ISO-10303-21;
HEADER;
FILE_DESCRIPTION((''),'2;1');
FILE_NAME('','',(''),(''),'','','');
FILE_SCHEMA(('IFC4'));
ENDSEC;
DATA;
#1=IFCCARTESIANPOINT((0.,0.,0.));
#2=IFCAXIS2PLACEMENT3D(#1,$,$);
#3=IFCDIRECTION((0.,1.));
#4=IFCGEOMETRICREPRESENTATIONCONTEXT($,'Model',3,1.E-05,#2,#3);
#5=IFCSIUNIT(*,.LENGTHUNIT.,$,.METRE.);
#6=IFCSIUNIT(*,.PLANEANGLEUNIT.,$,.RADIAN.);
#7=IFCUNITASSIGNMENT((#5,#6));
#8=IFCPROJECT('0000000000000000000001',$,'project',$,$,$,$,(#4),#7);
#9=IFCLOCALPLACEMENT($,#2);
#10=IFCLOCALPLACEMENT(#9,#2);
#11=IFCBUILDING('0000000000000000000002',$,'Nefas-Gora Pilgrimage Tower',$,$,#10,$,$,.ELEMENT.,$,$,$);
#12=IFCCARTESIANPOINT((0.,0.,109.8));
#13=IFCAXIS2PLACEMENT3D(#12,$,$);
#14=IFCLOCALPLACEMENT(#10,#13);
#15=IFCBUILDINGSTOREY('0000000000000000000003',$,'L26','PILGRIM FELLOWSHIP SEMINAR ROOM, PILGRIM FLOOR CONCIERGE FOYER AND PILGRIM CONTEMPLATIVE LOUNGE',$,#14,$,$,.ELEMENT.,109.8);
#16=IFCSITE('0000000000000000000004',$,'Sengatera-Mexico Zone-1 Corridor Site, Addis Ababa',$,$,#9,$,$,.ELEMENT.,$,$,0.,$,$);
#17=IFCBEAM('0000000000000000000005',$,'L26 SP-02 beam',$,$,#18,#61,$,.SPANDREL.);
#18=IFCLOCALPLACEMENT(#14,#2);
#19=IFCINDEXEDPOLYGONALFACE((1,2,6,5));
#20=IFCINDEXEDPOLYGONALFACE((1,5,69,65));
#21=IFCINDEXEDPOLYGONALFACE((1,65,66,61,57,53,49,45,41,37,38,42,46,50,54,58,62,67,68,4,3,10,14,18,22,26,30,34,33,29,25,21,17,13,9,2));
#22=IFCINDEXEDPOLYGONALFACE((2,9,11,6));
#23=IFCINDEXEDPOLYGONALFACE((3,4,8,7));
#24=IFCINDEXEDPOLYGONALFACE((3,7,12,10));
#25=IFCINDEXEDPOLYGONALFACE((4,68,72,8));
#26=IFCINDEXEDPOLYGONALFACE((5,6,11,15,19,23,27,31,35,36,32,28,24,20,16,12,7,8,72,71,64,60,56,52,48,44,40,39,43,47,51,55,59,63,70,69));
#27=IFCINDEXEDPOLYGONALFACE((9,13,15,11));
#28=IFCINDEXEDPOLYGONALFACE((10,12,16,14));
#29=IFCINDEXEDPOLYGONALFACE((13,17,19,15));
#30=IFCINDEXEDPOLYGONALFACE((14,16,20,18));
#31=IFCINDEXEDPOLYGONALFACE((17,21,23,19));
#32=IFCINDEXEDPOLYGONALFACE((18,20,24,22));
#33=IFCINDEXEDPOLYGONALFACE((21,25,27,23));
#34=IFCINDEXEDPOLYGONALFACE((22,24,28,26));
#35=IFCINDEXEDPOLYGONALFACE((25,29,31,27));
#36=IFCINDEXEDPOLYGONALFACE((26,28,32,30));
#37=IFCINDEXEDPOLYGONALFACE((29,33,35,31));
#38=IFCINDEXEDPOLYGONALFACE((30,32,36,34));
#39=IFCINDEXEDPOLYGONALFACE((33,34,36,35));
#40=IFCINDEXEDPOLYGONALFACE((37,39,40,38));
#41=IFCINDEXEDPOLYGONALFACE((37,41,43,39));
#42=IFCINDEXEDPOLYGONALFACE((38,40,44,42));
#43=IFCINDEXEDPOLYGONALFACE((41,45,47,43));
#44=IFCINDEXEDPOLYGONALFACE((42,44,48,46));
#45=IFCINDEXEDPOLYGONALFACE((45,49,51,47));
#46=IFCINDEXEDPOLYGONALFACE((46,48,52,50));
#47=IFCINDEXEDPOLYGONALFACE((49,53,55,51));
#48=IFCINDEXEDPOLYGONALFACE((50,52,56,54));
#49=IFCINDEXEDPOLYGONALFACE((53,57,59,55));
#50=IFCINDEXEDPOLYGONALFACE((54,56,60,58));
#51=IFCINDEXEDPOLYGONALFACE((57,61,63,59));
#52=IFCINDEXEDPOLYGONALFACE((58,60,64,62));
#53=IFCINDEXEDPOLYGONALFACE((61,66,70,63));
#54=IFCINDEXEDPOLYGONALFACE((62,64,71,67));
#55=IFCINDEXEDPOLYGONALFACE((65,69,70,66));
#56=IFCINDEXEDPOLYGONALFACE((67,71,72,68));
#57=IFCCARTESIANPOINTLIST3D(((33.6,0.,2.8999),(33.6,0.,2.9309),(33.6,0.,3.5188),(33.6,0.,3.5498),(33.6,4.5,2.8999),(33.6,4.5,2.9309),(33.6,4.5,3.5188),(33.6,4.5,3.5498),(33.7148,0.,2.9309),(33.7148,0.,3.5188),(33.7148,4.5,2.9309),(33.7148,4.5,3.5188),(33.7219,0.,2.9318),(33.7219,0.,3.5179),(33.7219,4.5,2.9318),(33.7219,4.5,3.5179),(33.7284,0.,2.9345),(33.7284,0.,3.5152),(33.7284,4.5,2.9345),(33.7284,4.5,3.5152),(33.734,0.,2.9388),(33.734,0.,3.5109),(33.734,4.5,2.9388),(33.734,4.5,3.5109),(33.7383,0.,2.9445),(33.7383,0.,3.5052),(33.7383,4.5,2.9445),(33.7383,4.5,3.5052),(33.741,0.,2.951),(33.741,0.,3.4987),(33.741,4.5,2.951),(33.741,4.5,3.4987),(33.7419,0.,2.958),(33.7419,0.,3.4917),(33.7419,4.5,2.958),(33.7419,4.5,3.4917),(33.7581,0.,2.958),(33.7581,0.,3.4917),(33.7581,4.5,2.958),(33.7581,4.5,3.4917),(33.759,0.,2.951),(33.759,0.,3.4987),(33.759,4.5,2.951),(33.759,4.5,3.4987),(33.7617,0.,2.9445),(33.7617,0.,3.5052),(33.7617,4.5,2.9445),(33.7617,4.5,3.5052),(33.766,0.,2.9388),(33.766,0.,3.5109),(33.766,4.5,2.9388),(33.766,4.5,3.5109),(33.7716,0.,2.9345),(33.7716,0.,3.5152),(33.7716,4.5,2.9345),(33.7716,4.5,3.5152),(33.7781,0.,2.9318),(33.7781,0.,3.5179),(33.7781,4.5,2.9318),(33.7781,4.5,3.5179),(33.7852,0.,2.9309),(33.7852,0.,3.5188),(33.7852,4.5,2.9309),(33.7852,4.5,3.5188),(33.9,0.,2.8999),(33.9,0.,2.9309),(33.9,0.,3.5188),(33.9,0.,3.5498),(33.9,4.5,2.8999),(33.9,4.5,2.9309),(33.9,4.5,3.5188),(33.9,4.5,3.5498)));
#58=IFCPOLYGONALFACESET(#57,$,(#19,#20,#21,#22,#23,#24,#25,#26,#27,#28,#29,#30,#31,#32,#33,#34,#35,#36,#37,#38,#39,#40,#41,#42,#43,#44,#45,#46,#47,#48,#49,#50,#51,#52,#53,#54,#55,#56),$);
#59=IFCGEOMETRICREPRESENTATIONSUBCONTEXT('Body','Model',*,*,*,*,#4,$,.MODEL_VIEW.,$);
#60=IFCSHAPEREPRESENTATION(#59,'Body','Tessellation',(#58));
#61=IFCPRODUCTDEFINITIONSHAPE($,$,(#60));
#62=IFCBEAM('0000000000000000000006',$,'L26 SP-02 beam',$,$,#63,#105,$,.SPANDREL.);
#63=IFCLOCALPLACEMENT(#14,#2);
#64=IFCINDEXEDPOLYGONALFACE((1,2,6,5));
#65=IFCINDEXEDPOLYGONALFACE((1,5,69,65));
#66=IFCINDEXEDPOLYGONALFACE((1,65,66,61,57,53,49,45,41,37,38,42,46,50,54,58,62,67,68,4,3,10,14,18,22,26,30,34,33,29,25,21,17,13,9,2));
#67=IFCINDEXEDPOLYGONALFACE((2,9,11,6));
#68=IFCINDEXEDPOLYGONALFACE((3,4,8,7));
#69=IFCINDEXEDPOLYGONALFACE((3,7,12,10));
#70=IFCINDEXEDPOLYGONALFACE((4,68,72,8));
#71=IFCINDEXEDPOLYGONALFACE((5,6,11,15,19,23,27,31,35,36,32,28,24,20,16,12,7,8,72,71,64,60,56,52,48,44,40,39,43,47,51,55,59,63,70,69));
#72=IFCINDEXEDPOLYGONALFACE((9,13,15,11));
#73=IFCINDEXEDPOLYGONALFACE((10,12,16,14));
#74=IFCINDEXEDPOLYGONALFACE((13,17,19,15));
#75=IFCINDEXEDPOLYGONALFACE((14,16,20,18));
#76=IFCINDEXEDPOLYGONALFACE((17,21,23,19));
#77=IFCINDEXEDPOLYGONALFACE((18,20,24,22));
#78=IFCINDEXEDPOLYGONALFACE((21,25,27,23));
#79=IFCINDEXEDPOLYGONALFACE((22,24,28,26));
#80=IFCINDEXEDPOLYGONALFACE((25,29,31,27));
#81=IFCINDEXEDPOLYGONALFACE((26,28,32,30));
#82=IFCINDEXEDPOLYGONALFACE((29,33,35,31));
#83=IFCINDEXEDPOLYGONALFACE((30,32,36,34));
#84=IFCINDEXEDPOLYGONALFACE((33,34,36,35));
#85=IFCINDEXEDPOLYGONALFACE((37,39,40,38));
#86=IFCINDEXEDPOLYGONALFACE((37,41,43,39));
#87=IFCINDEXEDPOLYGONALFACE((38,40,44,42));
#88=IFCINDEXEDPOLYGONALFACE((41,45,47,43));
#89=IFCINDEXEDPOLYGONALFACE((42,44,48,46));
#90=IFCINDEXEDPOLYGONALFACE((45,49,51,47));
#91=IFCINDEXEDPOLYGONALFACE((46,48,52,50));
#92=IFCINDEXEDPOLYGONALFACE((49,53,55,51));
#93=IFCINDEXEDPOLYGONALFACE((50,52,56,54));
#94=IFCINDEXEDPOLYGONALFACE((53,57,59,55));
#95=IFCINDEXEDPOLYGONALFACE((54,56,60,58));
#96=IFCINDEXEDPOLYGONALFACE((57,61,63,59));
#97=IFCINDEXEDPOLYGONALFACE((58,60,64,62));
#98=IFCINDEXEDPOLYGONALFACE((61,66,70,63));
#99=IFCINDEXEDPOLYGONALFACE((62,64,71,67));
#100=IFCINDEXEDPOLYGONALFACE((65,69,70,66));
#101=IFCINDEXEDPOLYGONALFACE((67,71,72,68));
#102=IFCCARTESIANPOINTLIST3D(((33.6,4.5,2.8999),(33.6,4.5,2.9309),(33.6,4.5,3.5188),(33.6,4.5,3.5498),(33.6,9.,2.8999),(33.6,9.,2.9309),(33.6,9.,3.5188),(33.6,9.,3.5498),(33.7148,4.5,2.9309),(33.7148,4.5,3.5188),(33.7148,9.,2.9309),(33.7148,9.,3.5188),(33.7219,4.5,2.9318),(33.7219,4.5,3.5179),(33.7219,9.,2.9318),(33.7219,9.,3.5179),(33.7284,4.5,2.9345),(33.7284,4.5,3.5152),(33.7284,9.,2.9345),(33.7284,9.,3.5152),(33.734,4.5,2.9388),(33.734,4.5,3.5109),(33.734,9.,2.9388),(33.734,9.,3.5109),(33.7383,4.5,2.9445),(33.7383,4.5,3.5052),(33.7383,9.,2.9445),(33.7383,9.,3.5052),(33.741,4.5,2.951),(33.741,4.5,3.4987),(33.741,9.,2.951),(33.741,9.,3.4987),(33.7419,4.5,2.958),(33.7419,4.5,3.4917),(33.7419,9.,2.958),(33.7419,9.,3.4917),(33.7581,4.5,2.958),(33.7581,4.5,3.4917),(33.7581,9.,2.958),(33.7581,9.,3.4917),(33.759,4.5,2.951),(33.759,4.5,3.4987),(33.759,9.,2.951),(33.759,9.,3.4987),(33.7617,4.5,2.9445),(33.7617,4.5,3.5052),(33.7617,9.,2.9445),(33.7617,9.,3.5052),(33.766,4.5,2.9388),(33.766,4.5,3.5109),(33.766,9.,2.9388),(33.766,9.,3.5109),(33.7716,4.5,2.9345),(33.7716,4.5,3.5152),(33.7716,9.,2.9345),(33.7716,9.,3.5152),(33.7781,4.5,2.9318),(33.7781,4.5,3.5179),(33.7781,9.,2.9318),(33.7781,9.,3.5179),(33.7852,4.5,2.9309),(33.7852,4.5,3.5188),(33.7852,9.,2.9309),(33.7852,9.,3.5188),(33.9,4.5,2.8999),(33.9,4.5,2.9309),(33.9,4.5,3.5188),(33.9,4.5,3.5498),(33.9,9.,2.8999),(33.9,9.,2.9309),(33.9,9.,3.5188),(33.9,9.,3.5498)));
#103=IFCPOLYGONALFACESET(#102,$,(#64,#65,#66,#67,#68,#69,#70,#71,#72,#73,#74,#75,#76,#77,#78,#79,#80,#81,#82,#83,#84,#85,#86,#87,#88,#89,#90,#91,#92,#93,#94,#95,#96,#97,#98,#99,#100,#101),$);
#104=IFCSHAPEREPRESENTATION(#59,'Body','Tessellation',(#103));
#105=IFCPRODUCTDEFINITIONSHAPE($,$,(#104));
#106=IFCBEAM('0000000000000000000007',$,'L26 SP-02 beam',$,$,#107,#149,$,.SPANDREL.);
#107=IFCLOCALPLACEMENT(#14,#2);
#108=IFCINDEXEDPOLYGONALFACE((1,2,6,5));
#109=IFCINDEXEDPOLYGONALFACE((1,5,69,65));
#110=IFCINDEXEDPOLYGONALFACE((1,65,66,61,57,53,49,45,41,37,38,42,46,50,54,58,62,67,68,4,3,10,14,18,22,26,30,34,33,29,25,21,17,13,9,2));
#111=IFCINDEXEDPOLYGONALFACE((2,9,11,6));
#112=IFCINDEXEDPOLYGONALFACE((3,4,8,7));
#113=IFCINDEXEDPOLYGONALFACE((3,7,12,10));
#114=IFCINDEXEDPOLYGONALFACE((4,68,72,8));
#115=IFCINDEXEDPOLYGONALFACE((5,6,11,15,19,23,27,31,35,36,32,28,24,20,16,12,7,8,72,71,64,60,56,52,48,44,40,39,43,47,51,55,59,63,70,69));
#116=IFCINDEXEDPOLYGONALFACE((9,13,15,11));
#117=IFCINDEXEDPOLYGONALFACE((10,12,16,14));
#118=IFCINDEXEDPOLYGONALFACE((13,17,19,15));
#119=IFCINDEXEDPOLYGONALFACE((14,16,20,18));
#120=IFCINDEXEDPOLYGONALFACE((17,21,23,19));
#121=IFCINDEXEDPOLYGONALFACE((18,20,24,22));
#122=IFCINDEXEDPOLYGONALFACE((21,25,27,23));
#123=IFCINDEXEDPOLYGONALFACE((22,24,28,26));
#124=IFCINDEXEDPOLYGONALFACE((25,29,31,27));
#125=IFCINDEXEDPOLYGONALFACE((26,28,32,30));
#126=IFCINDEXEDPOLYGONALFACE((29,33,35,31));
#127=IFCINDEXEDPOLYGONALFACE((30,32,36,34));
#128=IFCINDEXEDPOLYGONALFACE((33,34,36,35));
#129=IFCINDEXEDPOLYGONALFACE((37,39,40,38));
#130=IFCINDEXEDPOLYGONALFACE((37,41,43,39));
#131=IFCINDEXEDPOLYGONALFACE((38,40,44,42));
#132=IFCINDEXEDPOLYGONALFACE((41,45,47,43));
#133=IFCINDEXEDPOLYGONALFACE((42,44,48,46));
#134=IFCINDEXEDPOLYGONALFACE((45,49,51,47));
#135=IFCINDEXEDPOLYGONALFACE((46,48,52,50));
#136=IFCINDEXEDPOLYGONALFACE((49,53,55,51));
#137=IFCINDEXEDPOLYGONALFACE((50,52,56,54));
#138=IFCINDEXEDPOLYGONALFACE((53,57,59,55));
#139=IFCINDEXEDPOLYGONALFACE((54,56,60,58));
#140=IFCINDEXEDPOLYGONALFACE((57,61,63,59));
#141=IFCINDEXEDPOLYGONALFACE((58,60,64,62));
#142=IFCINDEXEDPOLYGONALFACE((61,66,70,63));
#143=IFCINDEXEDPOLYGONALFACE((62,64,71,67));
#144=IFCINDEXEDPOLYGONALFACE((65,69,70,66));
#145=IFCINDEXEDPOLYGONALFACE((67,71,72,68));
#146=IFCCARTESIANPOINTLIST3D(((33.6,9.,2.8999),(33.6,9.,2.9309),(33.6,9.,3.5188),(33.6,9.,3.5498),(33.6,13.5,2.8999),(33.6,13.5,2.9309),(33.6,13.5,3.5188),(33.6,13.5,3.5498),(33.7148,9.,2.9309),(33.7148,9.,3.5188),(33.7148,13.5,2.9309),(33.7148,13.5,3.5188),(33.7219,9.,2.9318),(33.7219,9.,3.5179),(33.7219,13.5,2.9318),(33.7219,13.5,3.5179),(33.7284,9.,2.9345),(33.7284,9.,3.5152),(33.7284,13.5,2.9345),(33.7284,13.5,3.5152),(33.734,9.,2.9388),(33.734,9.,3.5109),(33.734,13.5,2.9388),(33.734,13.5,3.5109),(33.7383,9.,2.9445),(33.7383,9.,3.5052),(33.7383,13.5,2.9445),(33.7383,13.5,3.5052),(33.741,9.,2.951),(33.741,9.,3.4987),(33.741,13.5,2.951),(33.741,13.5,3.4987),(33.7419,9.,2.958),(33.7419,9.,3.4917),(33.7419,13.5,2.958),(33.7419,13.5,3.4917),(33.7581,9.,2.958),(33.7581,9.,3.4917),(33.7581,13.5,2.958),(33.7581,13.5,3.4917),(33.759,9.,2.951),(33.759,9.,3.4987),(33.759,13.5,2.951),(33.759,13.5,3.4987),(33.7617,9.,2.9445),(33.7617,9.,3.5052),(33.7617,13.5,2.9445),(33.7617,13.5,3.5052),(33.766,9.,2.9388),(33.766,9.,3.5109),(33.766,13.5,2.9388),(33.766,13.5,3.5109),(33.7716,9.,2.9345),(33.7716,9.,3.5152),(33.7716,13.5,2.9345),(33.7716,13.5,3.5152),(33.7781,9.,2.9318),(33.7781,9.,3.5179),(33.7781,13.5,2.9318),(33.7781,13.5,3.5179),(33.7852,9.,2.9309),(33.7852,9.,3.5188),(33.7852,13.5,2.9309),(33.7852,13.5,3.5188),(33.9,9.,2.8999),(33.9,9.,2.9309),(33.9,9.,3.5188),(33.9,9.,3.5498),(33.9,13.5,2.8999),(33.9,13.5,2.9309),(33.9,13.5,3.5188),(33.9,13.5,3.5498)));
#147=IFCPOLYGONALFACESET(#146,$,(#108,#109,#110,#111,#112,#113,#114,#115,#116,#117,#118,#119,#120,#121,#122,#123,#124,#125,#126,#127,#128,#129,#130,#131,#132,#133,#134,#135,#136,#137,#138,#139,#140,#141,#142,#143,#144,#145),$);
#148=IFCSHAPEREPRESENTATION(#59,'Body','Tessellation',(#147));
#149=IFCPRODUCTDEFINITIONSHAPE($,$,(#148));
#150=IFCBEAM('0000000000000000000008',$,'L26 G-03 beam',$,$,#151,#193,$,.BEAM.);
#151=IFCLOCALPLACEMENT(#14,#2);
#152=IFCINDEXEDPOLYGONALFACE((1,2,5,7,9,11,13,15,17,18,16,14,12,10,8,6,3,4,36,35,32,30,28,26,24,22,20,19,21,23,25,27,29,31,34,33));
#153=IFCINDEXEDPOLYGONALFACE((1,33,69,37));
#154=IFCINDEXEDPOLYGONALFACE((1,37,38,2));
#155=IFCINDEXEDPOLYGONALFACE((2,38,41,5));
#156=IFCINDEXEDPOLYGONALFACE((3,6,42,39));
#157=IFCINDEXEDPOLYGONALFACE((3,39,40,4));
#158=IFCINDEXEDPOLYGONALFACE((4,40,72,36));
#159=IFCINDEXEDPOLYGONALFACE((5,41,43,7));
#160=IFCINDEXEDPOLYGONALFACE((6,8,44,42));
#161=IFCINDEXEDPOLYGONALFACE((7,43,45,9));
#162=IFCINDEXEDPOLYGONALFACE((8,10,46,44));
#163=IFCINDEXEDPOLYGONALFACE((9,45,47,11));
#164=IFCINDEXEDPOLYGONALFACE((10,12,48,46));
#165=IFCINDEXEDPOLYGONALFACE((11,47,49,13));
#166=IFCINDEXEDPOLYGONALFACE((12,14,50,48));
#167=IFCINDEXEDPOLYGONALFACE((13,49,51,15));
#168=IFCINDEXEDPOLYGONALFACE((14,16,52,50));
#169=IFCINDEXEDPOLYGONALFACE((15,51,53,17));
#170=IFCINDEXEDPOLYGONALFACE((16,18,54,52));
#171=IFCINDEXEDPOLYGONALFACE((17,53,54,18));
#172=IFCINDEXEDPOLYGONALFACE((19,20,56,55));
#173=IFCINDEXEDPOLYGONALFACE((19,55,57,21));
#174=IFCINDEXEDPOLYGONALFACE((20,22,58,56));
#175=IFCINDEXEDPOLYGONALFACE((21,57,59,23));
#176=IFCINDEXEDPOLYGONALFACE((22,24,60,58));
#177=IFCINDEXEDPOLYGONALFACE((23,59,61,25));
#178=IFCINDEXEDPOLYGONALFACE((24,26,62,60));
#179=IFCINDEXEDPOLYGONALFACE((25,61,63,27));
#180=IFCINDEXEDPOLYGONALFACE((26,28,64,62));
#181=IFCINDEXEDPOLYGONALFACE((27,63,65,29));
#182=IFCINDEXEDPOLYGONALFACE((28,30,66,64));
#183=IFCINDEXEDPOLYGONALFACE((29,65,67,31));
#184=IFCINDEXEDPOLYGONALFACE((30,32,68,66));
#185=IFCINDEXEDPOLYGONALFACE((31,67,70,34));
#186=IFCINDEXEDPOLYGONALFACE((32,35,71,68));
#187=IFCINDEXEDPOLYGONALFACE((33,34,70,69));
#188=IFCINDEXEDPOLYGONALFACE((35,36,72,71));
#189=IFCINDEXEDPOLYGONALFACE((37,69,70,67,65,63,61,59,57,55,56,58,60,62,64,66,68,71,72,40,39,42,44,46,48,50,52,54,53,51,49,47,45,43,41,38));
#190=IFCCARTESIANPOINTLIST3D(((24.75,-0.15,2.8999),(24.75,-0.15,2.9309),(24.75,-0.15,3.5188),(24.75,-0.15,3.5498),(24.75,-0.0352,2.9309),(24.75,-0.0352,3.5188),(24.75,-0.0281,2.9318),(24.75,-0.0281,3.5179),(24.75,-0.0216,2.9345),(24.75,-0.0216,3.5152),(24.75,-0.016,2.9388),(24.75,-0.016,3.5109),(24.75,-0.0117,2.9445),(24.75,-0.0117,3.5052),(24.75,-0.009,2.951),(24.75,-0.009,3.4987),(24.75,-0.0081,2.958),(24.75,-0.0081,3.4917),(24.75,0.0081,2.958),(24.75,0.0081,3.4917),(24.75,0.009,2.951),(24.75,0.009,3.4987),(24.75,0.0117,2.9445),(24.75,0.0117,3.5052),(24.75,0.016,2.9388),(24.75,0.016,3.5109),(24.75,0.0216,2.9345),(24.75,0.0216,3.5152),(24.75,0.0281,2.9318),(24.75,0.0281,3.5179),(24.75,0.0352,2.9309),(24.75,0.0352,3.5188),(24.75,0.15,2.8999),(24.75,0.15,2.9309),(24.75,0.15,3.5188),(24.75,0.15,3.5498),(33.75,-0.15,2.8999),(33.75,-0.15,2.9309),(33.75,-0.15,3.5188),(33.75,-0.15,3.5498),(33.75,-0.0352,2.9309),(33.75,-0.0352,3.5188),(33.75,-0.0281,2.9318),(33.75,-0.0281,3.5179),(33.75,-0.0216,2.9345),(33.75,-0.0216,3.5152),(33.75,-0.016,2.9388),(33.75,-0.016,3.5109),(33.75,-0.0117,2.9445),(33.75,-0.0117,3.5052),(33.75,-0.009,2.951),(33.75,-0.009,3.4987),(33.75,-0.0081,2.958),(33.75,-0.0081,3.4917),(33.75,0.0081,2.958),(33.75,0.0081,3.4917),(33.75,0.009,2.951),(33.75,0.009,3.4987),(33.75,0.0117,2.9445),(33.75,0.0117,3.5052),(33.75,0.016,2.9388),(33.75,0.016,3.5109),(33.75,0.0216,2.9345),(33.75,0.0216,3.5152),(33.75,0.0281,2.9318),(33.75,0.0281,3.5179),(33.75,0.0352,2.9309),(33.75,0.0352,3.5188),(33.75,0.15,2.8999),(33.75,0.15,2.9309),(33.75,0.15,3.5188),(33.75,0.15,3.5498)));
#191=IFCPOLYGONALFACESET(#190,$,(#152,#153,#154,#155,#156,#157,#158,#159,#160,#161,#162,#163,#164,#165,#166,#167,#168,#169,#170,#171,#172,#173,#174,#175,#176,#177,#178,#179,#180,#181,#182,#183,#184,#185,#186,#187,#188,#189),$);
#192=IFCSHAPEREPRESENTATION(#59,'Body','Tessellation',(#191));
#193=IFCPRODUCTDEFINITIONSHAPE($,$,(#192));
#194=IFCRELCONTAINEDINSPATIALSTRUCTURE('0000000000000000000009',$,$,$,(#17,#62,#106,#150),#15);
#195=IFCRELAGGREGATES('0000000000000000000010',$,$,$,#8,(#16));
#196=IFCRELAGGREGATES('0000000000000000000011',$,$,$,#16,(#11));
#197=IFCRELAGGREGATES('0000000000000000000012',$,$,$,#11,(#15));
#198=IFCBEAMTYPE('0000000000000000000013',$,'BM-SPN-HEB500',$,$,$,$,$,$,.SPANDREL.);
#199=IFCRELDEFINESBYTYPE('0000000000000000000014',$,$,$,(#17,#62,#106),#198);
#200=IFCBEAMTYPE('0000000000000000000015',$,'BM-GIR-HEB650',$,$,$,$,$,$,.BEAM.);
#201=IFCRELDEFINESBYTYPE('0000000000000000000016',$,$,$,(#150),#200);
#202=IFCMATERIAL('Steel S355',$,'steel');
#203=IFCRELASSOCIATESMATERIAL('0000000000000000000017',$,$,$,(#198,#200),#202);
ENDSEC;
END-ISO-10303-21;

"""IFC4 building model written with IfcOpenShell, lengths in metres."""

from ifc_helpers import new_model, si_unit, direction, frame, origin, origin_2d, place, context, subcontext, project, spatial, i_section, extrude, source, transform, mapped, material, material_profile, profile_set, type_object, element, save


model = new_model("IFC4")

# Units and contexts
model_context = context("Model", 3, precision=1e-05, world=origin(), true_north=direction((0.0, 1.0)))
body_context = subcontext(model_context, "Body", "Model", "MODEL_VIEW")
ifc_project = project(units=[si_unit("LENGTHUNIT", "METRE"), si_unit("PLANEANGLEUNIT", "RADIAN")], contexts=[model_context])

# Site, building, storey
site_placement = place(None, origin())
site = spatial("IfcSite", under=ifc_project, at=site_placement, Name="Sengatera-Mexico Zone-1 Corridor Site, Addis Ababa", CompositionType="ELEMENT", RefElevation=0.0)
building_placement = place(site_placement, origin())
building = spatial("IfcBuilding", under=site, at=building_placement, Name="Nefas-Gora Pilgrimage Tower", CompositionType="ELEMENT")
storey_placement = place(building_placement, frame((0.0, 0.0, 109.8)))
storey = spatial("IfcBuildingStorey", under=building, at=storey_placement, Name="L26", Description="PILGRIM FELLOWSHIP SEMINAR ROOM, PILGRIM FLOOR CONCIERGE FOYER AND PILGRIM CONTEMPLATIVE LOUNGE", CompositionType="ELEMENT", Elevation=109.8)

# Beams
ifc_material_1 = material(Name="Steel S355", Category="steel")
ifc_material_profile_1 = material_profile(ifc_material_1, i_section(OverallWidth=0.3, OverallDepth=0.6499, WebThickness=0.0161, FlangeThickness=0.031, FilletRadius=0.0271, at=origin_2d()), Name="HEB 650")
ifc_profile_set_1 = profile_set([ifc_material_profile_1], Name="Steel S355")
beam_type_1 = type_object("IfcBeamType", Name="BM-SPN-HEB500", PredefinedType="SPANDREL", material=ifc_profile_set_1)
shared_shape_1 = source(origin(), body_context, "Body", "SweptSolid", [
    extrude(i_section(OverallWidth=0.3, OverallDepth=0.6499, WebThickness=0.0161, FlangeThickness=0.031, FilletRadius=0.0271, at=origin_2d()), origin(), (0.0, 0.0, 1.0), 4.5),
])
for number, where, z_axis, x_axis, name in (
    (1, (33.75, 0.0, 3.2249), (0.0, 1.0, 0.0), (-1.0, 0.0, 0.0), "L26 SP-02 beam"),
    (2, (33.75, 4.5, 3.2249), (0.0, 1.0, 0.0), (-1.0, 0.0, 0.0), "L26 SP-02 beam"),
    (3, (33.75, 9.0, 3.2249), (0.0, 1.0, 0.0), (-1.0, 0.0, 0.0), "L26 SP-02 beam"),
):
    element("IfcBeam", number, at=place(storey_placement, frame(where, z_axis=z_axis, x_axis=x_axis)), inside=storey, type_object=beam_type_1, Name=name, PredefinedType="SPANDREL", context=body_context, shape_type="MappedRepresentation", body=[
        mapped(shared_shape_1, transform((0.0, 0.0, 0.0), x_axis=(1.0, 0.0, 0.0), y_axis=(0.0, 1.0, 0.0), z_axis=(0.0, 0.0, 1.0), scale=1.0)),
    ])
ifc_material_profile_2 = material_profile(ifc_material_1, i_section(OverallWidth=0.3, OverallDepth=0.6499, WebThickness=0.0161, FlangeThickness=0.031, FilletRadius=0.0271, at=origin_2d()), Name="HEB 650")
ifc_profile_set_2 = profile_set([ifc_material_profile_2], Name="Steel S355")
beam_type_2 = type_object("IfcBeamType", Name="BM-GIR-HEB650", PredefinedType="BEAM", material=ifc_profile_set_2)
shared_shape_2 = source(origin(), body_context, "Body", "SweptSolid", [
    extrude(i_section(OverallWidth=0.3, OverallDepth=0.6499, WebThickness=0.0161, FlangeThickness=0.031, FilletRadius=0.0271, at=origin_2d()), origin(), (0.0, 0.0, 1.0), 9.0),
])
for number, where, z_axis, x_axis, name in (
    (4, (24.75, 0.0, 3.2249), (1.0, 0.0, 0.0), (0.0, 1.0, 0.0), "L26 G-03 beam"),
):
    element("IfcBeam", number, at=place(storey_placement, frame(where, z_axis=z_axis, x_axis=x_axis)), inside=storey, type_object=beam_type_2, Name=name, PredefinedType="BEAM", context=body_context, shape_type="MappedRepresentation", body=[
        mapped(shared_shape_2, transform((0.0, 0.0, 0.0), x_axis=(1.0, 0.0, 0.0), y_axis=(0.0, 1.0, 0.0), z_axis=(0.0, 0.0, 1.0), scale=1.0)),
    ])

save(model, "model.ifc")
